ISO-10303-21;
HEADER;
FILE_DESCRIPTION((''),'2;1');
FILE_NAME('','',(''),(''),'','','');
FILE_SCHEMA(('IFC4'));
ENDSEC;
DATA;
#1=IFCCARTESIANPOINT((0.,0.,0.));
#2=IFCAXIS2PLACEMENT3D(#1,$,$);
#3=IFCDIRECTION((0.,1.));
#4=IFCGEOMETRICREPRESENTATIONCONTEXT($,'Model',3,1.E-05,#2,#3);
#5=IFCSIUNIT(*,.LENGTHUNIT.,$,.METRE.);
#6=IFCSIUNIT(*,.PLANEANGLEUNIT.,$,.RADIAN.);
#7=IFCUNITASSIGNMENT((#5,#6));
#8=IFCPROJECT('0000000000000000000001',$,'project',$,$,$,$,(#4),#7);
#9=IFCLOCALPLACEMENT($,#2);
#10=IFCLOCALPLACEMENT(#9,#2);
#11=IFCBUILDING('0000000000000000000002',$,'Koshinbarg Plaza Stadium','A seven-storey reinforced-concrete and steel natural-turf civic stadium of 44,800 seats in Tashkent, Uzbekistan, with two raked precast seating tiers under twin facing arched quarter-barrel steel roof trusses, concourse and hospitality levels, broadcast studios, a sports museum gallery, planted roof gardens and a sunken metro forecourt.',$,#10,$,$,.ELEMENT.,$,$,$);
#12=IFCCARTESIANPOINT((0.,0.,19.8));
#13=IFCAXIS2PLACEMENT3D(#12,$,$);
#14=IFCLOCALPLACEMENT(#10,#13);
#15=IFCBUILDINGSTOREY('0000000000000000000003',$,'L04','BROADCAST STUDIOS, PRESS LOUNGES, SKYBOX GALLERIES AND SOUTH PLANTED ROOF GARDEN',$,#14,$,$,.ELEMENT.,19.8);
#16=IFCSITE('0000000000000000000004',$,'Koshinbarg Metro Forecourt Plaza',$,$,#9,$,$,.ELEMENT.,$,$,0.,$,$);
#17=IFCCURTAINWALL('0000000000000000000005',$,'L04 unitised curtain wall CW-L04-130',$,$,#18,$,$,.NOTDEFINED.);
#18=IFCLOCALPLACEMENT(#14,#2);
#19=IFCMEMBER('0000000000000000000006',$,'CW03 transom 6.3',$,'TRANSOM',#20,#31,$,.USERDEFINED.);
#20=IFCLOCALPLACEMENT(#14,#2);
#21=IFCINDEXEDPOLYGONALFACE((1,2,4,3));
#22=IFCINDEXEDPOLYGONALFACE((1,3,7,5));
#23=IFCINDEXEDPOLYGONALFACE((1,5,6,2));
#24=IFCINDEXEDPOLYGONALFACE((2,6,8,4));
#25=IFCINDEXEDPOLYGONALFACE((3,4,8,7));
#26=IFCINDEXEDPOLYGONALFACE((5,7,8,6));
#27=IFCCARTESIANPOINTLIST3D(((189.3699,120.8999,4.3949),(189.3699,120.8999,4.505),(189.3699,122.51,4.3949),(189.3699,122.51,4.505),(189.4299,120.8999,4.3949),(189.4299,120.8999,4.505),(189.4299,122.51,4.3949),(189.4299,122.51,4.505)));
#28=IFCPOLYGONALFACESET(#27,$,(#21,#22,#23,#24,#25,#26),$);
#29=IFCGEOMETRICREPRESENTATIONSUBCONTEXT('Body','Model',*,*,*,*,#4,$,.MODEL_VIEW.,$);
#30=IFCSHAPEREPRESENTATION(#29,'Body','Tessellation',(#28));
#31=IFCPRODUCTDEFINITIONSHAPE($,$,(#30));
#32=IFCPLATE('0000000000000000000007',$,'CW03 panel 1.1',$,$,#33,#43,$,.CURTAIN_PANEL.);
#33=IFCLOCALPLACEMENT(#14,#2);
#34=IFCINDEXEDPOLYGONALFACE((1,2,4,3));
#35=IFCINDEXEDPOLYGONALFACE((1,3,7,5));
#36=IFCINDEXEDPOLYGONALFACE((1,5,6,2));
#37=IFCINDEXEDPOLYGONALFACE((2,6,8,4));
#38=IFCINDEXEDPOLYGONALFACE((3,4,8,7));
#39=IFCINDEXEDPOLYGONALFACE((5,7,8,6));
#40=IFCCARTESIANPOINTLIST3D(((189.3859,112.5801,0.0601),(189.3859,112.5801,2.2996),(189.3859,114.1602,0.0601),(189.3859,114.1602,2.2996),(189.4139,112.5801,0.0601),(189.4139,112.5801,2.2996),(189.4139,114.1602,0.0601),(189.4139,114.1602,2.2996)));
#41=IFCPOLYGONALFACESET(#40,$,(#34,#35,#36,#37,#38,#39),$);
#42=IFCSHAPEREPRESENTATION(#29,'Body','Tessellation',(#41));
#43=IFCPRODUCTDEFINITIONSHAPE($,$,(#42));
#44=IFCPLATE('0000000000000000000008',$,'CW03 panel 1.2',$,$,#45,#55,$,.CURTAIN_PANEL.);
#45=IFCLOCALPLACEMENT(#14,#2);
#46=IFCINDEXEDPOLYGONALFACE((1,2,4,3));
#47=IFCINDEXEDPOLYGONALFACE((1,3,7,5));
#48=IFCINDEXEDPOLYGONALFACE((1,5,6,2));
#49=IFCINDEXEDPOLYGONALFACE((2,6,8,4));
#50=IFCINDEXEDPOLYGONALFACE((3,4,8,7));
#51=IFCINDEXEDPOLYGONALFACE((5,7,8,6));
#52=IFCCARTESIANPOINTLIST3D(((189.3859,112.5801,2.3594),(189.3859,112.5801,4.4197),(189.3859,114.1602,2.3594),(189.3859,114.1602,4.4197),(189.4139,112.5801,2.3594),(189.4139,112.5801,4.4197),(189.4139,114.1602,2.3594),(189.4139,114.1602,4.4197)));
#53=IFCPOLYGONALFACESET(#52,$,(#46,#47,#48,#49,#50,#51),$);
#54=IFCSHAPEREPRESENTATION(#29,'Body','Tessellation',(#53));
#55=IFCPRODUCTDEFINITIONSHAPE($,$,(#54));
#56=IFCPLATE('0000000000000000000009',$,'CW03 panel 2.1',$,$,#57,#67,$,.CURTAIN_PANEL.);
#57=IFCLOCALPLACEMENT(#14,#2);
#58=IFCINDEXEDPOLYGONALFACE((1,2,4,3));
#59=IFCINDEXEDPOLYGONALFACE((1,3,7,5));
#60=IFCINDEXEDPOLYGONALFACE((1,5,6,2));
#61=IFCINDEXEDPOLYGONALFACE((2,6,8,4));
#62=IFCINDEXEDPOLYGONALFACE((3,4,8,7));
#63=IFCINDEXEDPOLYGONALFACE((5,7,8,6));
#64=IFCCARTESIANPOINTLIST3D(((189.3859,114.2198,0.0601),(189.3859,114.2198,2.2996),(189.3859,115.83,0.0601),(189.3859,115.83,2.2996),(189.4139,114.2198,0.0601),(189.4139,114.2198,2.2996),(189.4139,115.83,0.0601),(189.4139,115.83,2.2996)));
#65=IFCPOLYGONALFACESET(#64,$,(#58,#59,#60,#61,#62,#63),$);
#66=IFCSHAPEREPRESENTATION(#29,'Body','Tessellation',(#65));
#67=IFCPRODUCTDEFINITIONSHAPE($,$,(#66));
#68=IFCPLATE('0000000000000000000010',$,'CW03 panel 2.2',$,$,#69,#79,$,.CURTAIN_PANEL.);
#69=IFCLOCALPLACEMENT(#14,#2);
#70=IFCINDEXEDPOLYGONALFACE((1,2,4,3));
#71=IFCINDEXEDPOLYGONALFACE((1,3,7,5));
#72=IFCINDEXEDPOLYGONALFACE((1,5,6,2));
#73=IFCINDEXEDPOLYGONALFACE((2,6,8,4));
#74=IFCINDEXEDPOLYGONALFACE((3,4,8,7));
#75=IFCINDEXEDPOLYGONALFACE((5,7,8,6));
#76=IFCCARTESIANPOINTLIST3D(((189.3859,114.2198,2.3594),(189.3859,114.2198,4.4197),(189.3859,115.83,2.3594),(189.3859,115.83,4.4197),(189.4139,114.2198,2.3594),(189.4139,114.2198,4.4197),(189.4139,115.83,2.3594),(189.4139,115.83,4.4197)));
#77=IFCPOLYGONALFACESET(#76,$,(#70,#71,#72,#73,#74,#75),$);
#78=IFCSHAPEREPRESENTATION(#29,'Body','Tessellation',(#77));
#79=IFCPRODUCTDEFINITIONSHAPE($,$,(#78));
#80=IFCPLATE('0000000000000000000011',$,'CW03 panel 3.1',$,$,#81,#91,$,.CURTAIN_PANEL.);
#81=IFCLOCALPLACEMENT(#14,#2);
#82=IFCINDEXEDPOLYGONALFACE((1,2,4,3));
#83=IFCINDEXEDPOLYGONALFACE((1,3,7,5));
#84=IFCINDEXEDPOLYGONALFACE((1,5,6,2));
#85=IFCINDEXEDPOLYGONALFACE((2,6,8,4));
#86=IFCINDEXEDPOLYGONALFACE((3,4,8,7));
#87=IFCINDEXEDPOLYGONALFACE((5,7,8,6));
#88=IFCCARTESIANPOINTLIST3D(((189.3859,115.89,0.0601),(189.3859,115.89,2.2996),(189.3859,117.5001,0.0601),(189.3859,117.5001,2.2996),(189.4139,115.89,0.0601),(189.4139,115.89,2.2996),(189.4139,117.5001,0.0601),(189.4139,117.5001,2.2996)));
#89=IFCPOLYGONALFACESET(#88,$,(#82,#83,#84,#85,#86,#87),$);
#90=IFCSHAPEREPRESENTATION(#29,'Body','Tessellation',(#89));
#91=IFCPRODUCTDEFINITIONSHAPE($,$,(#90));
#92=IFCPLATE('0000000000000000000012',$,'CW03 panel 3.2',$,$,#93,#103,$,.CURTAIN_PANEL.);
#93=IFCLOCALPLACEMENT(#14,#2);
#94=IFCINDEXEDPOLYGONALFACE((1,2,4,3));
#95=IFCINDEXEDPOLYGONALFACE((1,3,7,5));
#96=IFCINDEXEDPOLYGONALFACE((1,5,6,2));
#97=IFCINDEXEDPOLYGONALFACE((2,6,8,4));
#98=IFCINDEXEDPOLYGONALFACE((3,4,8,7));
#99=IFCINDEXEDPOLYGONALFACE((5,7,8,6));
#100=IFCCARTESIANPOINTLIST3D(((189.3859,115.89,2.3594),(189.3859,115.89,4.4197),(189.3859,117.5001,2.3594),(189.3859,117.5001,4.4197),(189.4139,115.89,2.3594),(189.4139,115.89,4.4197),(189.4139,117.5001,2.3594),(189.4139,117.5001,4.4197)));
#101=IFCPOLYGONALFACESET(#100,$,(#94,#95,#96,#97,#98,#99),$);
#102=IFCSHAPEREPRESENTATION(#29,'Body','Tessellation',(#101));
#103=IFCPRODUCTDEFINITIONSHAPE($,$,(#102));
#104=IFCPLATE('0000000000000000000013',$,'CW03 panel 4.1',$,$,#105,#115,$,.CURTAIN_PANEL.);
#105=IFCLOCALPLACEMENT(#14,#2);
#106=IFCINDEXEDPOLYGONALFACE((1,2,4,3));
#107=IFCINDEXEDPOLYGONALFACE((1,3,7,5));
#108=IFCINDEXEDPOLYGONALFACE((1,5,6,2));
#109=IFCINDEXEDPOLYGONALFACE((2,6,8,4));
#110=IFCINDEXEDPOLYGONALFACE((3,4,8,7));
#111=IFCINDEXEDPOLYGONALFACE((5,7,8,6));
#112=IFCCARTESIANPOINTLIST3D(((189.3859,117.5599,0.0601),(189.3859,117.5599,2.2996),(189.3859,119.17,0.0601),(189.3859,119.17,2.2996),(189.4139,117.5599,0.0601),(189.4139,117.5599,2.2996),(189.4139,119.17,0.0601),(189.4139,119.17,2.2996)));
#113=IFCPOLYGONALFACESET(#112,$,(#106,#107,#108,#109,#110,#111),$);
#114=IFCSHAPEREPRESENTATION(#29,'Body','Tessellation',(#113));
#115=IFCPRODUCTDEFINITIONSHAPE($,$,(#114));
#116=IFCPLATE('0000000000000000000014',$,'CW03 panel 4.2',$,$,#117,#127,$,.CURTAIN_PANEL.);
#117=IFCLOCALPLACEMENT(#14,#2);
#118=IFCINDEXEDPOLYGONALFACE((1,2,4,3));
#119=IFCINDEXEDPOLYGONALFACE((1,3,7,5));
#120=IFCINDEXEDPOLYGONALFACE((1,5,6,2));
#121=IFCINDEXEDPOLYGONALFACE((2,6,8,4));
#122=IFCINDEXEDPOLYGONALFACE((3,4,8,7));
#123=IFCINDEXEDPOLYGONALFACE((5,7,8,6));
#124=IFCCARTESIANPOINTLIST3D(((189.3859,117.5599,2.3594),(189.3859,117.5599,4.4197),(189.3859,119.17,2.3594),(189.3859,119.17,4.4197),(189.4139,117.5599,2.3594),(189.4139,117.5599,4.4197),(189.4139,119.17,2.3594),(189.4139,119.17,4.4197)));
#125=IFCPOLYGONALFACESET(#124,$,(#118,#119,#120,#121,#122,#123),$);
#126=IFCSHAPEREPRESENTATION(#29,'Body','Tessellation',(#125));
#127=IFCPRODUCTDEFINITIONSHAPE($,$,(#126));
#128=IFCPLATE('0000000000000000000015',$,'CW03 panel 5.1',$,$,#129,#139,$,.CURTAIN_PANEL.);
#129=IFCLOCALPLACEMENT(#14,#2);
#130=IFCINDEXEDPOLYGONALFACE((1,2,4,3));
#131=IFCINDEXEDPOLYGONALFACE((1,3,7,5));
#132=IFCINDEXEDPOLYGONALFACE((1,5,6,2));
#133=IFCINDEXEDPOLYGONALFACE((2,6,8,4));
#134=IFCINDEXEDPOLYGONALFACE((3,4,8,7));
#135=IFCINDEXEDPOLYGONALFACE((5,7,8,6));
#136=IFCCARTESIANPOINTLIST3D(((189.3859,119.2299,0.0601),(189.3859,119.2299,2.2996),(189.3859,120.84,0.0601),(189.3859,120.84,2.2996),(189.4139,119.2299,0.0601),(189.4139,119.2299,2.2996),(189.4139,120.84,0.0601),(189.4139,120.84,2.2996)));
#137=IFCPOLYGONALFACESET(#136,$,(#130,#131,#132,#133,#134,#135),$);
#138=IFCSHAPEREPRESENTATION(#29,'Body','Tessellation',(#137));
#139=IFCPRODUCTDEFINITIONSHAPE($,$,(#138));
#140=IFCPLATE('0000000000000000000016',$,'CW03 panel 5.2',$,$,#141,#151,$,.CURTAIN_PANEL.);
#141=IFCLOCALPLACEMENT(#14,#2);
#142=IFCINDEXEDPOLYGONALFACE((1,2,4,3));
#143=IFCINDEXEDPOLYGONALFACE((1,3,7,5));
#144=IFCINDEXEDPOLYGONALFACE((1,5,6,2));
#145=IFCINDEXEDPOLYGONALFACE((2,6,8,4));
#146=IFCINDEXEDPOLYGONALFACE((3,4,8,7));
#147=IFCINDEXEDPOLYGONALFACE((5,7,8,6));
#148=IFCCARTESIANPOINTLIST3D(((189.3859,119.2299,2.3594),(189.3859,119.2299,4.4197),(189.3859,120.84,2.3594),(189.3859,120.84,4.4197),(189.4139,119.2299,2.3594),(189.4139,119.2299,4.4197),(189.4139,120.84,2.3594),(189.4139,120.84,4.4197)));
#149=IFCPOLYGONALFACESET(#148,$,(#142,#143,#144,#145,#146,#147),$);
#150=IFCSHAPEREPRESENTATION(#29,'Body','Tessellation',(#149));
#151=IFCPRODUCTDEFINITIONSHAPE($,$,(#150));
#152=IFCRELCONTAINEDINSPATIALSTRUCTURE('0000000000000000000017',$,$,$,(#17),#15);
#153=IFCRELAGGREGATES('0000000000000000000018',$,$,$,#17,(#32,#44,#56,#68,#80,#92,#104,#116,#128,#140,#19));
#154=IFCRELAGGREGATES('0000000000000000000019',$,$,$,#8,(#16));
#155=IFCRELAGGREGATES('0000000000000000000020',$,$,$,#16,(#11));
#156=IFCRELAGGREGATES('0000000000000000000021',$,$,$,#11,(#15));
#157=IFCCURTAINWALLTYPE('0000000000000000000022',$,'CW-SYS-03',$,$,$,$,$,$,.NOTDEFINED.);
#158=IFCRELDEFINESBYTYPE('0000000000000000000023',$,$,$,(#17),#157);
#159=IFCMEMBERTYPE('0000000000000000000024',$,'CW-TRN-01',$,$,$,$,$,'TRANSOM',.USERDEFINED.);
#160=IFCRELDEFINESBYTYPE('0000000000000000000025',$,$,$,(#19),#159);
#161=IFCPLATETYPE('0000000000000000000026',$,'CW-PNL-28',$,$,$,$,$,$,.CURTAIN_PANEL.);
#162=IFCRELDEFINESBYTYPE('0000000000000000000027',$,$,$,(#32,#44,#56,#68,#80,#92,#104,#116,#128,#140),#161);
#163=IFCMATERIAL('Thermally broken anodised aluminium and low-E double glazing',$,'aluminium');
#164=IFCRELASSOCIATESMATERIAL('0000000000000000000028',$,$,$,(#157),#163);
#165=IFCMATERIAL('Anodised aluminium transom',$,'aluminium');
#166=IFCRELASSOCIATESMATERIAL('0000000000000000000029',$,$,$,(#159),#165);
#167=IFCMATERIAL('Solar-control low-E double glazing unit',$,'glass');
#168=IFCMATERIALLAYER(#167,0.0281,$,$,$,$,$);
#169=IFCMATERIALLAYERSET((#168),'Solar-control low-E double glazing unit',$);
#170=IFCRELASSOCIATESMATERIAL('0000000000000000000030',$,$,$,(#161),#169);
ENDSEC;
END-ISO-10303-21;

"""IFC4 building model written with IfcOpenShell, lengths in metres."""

from ifc_helpers import new_model, si_unit, direction, frame, origin, origin_2d, place, context, subcontext, project, spatial, rectangle, extrude, material, layer, layer_set, material_profile, profile_set, type_object, element, aggregate, save


model = new_model("IFC4")

# Units and contexts
model_context = context("Model", 3, precision=1e-05, world=origin(), true_north=direction((0.0, 1.0)))
body_context = subcontext(model_context, "Body", "Model", "MODEL_VIEW")
ifc_project = project(units=[si_unit("LENGTHUNIT", "METRE"), si_unit("PLANEANGLEUNIT", "RADIAN")], contexts=[model_context])

# Site, building, storey
site_placement = place(None, origin())
site = spatial("IfcSite", under=ifc_project, at=site_placement, Name="Koshinbarg Metro Forecourt Plaza", CompositionType="ELEMENT", RefElevation=0.0)
building_placement = place(site_placement, origin())
building = spatial("IfcBuilding", under=site, at=building_placement, Name="Koshinbarg Plaza Stadium", Description="A seven-storey reinforced-concrete and steel natural-turf civic stadium of 44,800 seats in Tashkent, Uzbekistan, with two raked precast seating tiers under twin facing arched quarter-barrel steel roof trusses, concourse and hospitality levels, broadcast studios, a sports museum gallery, planted roof gardens and a sunken metro forecourt.", CompositionType="ELEMENT")
storey_placement = place(building_placement, frame((0.0, 0.0, 19.8)))
storey = spatial("IfcBuildingStorey", under=building, at=storey_placement, Name="L04", Description="BROADCAST STUDIOS, PRESS LOUNGES, SKYBOX GALLERIES AND SOUTH PLANTED ROOF GARDEN", CompositionType="ELEMENT", Elevation=19.8)

# Curtain wall, member, plates
ifc_material_1 = material(Name="Thermally broken anodised aluminium and low-E double glazing", Category="aluminium")
curtain_wall_type = type_object("IfcCurtainWallType", Name="CW-SYS-03", PredefinedType="NOTDEFINED", material=ifc_material_1)
curtain_wall_placement = place(storey_placement, origin())
curtain_wall = element("IfcCurtainWall", 1, at=curtain_wall_placement, inside=storey, type_object=curtain_wall_type, Name="L04 unitised curtain wall CW-L04-130", PredefinedType="NOTDEFINED")
ifc_material_2 = material(Name="Anodised aluminium transom", Category="aluminium")
ifc_material_profile_1 = material_profile(ifc_material_2, rectangle(XDim=0.0601, YDim=0.1101, at=origin_2d()), Name="ALU 60x110")
ifc_profile_set_1 = profile_set([ifc_material_profile_1], Name="Anodised aluminium transom")
member_type_1 = type_object("IfcMemberType", Name="CW-TRN-01", ElementType="TRANSOM", PredefinedType="USERDEFINED", material=ifc_profile_set_1)
member_1_placement = place(storey_placement, frame((189.3999, 120.8999, 4.45), z_axis=(0.0, 1.0, 0.0), x_axis=(-1.0, 0.0, 0.0)))
member_1 = element("IfcMember", 2, at=member_1_placement, type_object=member_type_1, Name="CW03 transom 6.3", ObjectType="TRANSOM", PredefinedType="USERDEFINED", context=body_context, shape_type="SweptSolid", body=[
    extrude(rectangle(XDim=0.0601, YDim=0.1101, at=origin_2d()), origin(), (0.0, 0.0, 1.0), 1.6101),
])
ifc_material_3 = material(Name="Solar-control low-E double glazing unit", Category="glass")
ifc_layer = layer(ifc_material_3, 0.0281)
ifc_layer_set = layer_set([ifc_layer], Name="Solar-control low-E double glazing unit")
plate_type = type_object("IfcPlateType", Name="CW-PNL-28", PredefinedType="CURTAIN_PANEL", material=ifc_layer_set)
plate_1_placement = place(storey_placement, frame((189.3999, 113.3701, 0.0601), z_axis=(0.0, 0.0, 1.0), x_axis=(0.0, 1.0, 0.0)))
plate_1 = element("IfcPlate", 3, at=plate_1_placement, type_object=plate_type, Name="CW03 panel 1.1", PredefinedType="CURTAIN_PANEL", context=body_context, shape_type="SweptSolid", body=[
    extrude(rectangle(XDim=1.5801, YDim=0.0281, at=origin_2d()), origin(), (0.0, 0.0, 1.0), 2.2395),
])
plate_2_placement = place(storey_placement, frame((189.3999, 113.3701, 2.3594), z_axis=(0.0, 0.0, 1.0), x_axis=(0.0, 1.0, 0.0)))
plate_2 = element("IfcPlate", 4, at=plate_2_placement, type_object=plate_type, Name="CW03 panel 1.2", PredefinedType="CURTAIN_PANEL", context=body_context, shape_type="SweptSolid", body=[
    extrude(rectangle(XDim=1.5801, YDim=0.0281, at=origin_2d()), origin(), (0.0, 0.0, 1.0), 2.0603),
])
plate_3_placement = place(storey_placement, frame((189.3999, 115.0249, 0.0601), z_axis=(0.0, 0.0, 1.0), x_axis=(0.0, 1.0, 0.0)))
plate_3 = element("IfcPlate", 5, at=plate_3_placement, type_object=plate_type, Name="CW03 panel 2.1", PredefinedType="CURTAIN_PANEL", context=body_context, shape_type="SweptSolid", body=[
    extrude(rectangle(XDim=1.6101, YDim=0.0281, at=origin_2d()), origin(), (0.0, 0.0, 1.0), 2.2395),
])
plate_4_placement = place(storey_placement, frame((189.3999, 115.0249, 2.3594), z_axis=(0.0, 0.0, 1.0), x_axis=(0.0, 1.0, 0.0)))
plate_4 = element("IfcPlate", 6, at=plate_4_placement, type_object=plate_type, Name="CW03 panel 2.2", PredefinedType="CURTAIN_PANEL", context=body_context, shape_type="SweptSolid", body=[
    extrude(rectangle(XDim=1.6101, YDim=0.0281, at=origin_2d()), origin(), (0.0, 0.0, 1.0), 2.0603),
])
plate_5_placement = place(storey_placement, frame((189.3999, 116.6951, 0.0601), z_axis=(0.0, 0.0, 1.0), x_axis=(0.0, 1.0, 0.0)))
plate_5 = element("IfcPlate", 7, at=plate_5_placement, type_object=plate_type, Name="CW03 panel 3.1", PredefinedType="CURTAIN_PANEL", context=body_context, shape_type="SweptSolid", body=[
    extrude(rectangle(XDim=1.6101, YDim=0.0281, at=origin_2d()), origin(), (0.0, 0.0, 1.0), 2.2395),
])
plate_6_placement = place(storey_placement, frame((189.3999, 116.6951, 2.3594), z_axis=(0.0, 0.0, 1.0), x_axis=(0.0, 1.0, 0.0)))
plate_6 = element("IfcPlate", 8, at=plate_6_placement, type_object=plate_type, Name="CW03 panel 3.2", PredefinedType="CURTAIN_PANEL", context=body_context, shape_type="SweptSolid", body=[
    extrude(rectangle(XDim=1.6101, YDim=0.0281, at=origin_2d()), origin(), (0.0, 0.0, 1.0), 2.0603),
])
plate_7_placement = place(storey_placement, frame((189.3999, 118.365, 0.0601), z_axis=(0.0, 0.0, 1.0), x_axis=(0.0, 1.0, 0.0)))
plate_7 = element("IfcPlate", 9, at=plate_7_placement, type_object=plate_type, Name="CW03 panel 4.1", PredefinedType="CURTAIN_PANEL", context=body_context, shape_type="SweptSolid", body=[
    extrude(rectangle(XDim=1.6101, YDim=0.0281, at=origin_2d()), origin(), (0.0, 0.0, 1.0), 2.2395),
])
plate_8_placement = place(storey_placement, frame((189.3999, 118.365, 2.3594), z_axis=(0.0, 0.0, 1.0), x_axis=(0.0, 1.0, 0.0)))
plate_8 = element("IfcPlate", 10, at=plate_8_placement, type_object=plate_type, Name="CW03 panel 4.2", PredefinedType="CURTAIN_PANEL", context=body_context, shape_type="SweptSolid", body=[
    extrude(rectangle(XDim=1.6101, YDim=0.0281, at=origin_2d()), origin(), (0.0, 0.0, 1.0), 2.0603),
])
plate_9_placement = place(storey_placement, frame((189.3999, 120.0349, 0.0601), z_axis=(0.0, 0.0, 1.0), x_axis=(0.0, 1.0, 0.0)))
plate_9 = element("IfcPlate", 11, at=plate_9_placement, type_object=plate_type, Name="CW03 panel 5.1", PredefinedType="CURTAIN_PANEL", context=body_context, shape_type="SweptSolid", body=[
    extrude(rectangle(XDim=1.6101, YDim=0.0281, at=origin_2d()), origin(), (0.0, 0.0, 1.0), 2.2395),
])
plate_10_placement = place(storey_placement, frame((189.3999, 120.0349, 2.3594), z_axis=(0.0, 0.0, 1.0), x_axis=(0.0, 1.0, 0.0)))
plate_10 = element("IfcPlate", 12, at=plate_10_placement, type_object=plate_type, Name="CW03 panel 5.2", PredefinedType="CURTAIN_PANEL", context=body_context, shape_type="SweptSolid", body=[
    extrude(rectangle(XDim=1.6101, YDim=0.0281, at=origin_2d()), origin(), (0.0, 0.0, 1.0), 2.0603),
])
aggregate(curtain_wall, [plate_1, plate_2, plate_3, plate_4, plate_5, plate_6, plate_7, plate_8, plate_9, plate_10, member_1])

save(model, "model.ifc")
